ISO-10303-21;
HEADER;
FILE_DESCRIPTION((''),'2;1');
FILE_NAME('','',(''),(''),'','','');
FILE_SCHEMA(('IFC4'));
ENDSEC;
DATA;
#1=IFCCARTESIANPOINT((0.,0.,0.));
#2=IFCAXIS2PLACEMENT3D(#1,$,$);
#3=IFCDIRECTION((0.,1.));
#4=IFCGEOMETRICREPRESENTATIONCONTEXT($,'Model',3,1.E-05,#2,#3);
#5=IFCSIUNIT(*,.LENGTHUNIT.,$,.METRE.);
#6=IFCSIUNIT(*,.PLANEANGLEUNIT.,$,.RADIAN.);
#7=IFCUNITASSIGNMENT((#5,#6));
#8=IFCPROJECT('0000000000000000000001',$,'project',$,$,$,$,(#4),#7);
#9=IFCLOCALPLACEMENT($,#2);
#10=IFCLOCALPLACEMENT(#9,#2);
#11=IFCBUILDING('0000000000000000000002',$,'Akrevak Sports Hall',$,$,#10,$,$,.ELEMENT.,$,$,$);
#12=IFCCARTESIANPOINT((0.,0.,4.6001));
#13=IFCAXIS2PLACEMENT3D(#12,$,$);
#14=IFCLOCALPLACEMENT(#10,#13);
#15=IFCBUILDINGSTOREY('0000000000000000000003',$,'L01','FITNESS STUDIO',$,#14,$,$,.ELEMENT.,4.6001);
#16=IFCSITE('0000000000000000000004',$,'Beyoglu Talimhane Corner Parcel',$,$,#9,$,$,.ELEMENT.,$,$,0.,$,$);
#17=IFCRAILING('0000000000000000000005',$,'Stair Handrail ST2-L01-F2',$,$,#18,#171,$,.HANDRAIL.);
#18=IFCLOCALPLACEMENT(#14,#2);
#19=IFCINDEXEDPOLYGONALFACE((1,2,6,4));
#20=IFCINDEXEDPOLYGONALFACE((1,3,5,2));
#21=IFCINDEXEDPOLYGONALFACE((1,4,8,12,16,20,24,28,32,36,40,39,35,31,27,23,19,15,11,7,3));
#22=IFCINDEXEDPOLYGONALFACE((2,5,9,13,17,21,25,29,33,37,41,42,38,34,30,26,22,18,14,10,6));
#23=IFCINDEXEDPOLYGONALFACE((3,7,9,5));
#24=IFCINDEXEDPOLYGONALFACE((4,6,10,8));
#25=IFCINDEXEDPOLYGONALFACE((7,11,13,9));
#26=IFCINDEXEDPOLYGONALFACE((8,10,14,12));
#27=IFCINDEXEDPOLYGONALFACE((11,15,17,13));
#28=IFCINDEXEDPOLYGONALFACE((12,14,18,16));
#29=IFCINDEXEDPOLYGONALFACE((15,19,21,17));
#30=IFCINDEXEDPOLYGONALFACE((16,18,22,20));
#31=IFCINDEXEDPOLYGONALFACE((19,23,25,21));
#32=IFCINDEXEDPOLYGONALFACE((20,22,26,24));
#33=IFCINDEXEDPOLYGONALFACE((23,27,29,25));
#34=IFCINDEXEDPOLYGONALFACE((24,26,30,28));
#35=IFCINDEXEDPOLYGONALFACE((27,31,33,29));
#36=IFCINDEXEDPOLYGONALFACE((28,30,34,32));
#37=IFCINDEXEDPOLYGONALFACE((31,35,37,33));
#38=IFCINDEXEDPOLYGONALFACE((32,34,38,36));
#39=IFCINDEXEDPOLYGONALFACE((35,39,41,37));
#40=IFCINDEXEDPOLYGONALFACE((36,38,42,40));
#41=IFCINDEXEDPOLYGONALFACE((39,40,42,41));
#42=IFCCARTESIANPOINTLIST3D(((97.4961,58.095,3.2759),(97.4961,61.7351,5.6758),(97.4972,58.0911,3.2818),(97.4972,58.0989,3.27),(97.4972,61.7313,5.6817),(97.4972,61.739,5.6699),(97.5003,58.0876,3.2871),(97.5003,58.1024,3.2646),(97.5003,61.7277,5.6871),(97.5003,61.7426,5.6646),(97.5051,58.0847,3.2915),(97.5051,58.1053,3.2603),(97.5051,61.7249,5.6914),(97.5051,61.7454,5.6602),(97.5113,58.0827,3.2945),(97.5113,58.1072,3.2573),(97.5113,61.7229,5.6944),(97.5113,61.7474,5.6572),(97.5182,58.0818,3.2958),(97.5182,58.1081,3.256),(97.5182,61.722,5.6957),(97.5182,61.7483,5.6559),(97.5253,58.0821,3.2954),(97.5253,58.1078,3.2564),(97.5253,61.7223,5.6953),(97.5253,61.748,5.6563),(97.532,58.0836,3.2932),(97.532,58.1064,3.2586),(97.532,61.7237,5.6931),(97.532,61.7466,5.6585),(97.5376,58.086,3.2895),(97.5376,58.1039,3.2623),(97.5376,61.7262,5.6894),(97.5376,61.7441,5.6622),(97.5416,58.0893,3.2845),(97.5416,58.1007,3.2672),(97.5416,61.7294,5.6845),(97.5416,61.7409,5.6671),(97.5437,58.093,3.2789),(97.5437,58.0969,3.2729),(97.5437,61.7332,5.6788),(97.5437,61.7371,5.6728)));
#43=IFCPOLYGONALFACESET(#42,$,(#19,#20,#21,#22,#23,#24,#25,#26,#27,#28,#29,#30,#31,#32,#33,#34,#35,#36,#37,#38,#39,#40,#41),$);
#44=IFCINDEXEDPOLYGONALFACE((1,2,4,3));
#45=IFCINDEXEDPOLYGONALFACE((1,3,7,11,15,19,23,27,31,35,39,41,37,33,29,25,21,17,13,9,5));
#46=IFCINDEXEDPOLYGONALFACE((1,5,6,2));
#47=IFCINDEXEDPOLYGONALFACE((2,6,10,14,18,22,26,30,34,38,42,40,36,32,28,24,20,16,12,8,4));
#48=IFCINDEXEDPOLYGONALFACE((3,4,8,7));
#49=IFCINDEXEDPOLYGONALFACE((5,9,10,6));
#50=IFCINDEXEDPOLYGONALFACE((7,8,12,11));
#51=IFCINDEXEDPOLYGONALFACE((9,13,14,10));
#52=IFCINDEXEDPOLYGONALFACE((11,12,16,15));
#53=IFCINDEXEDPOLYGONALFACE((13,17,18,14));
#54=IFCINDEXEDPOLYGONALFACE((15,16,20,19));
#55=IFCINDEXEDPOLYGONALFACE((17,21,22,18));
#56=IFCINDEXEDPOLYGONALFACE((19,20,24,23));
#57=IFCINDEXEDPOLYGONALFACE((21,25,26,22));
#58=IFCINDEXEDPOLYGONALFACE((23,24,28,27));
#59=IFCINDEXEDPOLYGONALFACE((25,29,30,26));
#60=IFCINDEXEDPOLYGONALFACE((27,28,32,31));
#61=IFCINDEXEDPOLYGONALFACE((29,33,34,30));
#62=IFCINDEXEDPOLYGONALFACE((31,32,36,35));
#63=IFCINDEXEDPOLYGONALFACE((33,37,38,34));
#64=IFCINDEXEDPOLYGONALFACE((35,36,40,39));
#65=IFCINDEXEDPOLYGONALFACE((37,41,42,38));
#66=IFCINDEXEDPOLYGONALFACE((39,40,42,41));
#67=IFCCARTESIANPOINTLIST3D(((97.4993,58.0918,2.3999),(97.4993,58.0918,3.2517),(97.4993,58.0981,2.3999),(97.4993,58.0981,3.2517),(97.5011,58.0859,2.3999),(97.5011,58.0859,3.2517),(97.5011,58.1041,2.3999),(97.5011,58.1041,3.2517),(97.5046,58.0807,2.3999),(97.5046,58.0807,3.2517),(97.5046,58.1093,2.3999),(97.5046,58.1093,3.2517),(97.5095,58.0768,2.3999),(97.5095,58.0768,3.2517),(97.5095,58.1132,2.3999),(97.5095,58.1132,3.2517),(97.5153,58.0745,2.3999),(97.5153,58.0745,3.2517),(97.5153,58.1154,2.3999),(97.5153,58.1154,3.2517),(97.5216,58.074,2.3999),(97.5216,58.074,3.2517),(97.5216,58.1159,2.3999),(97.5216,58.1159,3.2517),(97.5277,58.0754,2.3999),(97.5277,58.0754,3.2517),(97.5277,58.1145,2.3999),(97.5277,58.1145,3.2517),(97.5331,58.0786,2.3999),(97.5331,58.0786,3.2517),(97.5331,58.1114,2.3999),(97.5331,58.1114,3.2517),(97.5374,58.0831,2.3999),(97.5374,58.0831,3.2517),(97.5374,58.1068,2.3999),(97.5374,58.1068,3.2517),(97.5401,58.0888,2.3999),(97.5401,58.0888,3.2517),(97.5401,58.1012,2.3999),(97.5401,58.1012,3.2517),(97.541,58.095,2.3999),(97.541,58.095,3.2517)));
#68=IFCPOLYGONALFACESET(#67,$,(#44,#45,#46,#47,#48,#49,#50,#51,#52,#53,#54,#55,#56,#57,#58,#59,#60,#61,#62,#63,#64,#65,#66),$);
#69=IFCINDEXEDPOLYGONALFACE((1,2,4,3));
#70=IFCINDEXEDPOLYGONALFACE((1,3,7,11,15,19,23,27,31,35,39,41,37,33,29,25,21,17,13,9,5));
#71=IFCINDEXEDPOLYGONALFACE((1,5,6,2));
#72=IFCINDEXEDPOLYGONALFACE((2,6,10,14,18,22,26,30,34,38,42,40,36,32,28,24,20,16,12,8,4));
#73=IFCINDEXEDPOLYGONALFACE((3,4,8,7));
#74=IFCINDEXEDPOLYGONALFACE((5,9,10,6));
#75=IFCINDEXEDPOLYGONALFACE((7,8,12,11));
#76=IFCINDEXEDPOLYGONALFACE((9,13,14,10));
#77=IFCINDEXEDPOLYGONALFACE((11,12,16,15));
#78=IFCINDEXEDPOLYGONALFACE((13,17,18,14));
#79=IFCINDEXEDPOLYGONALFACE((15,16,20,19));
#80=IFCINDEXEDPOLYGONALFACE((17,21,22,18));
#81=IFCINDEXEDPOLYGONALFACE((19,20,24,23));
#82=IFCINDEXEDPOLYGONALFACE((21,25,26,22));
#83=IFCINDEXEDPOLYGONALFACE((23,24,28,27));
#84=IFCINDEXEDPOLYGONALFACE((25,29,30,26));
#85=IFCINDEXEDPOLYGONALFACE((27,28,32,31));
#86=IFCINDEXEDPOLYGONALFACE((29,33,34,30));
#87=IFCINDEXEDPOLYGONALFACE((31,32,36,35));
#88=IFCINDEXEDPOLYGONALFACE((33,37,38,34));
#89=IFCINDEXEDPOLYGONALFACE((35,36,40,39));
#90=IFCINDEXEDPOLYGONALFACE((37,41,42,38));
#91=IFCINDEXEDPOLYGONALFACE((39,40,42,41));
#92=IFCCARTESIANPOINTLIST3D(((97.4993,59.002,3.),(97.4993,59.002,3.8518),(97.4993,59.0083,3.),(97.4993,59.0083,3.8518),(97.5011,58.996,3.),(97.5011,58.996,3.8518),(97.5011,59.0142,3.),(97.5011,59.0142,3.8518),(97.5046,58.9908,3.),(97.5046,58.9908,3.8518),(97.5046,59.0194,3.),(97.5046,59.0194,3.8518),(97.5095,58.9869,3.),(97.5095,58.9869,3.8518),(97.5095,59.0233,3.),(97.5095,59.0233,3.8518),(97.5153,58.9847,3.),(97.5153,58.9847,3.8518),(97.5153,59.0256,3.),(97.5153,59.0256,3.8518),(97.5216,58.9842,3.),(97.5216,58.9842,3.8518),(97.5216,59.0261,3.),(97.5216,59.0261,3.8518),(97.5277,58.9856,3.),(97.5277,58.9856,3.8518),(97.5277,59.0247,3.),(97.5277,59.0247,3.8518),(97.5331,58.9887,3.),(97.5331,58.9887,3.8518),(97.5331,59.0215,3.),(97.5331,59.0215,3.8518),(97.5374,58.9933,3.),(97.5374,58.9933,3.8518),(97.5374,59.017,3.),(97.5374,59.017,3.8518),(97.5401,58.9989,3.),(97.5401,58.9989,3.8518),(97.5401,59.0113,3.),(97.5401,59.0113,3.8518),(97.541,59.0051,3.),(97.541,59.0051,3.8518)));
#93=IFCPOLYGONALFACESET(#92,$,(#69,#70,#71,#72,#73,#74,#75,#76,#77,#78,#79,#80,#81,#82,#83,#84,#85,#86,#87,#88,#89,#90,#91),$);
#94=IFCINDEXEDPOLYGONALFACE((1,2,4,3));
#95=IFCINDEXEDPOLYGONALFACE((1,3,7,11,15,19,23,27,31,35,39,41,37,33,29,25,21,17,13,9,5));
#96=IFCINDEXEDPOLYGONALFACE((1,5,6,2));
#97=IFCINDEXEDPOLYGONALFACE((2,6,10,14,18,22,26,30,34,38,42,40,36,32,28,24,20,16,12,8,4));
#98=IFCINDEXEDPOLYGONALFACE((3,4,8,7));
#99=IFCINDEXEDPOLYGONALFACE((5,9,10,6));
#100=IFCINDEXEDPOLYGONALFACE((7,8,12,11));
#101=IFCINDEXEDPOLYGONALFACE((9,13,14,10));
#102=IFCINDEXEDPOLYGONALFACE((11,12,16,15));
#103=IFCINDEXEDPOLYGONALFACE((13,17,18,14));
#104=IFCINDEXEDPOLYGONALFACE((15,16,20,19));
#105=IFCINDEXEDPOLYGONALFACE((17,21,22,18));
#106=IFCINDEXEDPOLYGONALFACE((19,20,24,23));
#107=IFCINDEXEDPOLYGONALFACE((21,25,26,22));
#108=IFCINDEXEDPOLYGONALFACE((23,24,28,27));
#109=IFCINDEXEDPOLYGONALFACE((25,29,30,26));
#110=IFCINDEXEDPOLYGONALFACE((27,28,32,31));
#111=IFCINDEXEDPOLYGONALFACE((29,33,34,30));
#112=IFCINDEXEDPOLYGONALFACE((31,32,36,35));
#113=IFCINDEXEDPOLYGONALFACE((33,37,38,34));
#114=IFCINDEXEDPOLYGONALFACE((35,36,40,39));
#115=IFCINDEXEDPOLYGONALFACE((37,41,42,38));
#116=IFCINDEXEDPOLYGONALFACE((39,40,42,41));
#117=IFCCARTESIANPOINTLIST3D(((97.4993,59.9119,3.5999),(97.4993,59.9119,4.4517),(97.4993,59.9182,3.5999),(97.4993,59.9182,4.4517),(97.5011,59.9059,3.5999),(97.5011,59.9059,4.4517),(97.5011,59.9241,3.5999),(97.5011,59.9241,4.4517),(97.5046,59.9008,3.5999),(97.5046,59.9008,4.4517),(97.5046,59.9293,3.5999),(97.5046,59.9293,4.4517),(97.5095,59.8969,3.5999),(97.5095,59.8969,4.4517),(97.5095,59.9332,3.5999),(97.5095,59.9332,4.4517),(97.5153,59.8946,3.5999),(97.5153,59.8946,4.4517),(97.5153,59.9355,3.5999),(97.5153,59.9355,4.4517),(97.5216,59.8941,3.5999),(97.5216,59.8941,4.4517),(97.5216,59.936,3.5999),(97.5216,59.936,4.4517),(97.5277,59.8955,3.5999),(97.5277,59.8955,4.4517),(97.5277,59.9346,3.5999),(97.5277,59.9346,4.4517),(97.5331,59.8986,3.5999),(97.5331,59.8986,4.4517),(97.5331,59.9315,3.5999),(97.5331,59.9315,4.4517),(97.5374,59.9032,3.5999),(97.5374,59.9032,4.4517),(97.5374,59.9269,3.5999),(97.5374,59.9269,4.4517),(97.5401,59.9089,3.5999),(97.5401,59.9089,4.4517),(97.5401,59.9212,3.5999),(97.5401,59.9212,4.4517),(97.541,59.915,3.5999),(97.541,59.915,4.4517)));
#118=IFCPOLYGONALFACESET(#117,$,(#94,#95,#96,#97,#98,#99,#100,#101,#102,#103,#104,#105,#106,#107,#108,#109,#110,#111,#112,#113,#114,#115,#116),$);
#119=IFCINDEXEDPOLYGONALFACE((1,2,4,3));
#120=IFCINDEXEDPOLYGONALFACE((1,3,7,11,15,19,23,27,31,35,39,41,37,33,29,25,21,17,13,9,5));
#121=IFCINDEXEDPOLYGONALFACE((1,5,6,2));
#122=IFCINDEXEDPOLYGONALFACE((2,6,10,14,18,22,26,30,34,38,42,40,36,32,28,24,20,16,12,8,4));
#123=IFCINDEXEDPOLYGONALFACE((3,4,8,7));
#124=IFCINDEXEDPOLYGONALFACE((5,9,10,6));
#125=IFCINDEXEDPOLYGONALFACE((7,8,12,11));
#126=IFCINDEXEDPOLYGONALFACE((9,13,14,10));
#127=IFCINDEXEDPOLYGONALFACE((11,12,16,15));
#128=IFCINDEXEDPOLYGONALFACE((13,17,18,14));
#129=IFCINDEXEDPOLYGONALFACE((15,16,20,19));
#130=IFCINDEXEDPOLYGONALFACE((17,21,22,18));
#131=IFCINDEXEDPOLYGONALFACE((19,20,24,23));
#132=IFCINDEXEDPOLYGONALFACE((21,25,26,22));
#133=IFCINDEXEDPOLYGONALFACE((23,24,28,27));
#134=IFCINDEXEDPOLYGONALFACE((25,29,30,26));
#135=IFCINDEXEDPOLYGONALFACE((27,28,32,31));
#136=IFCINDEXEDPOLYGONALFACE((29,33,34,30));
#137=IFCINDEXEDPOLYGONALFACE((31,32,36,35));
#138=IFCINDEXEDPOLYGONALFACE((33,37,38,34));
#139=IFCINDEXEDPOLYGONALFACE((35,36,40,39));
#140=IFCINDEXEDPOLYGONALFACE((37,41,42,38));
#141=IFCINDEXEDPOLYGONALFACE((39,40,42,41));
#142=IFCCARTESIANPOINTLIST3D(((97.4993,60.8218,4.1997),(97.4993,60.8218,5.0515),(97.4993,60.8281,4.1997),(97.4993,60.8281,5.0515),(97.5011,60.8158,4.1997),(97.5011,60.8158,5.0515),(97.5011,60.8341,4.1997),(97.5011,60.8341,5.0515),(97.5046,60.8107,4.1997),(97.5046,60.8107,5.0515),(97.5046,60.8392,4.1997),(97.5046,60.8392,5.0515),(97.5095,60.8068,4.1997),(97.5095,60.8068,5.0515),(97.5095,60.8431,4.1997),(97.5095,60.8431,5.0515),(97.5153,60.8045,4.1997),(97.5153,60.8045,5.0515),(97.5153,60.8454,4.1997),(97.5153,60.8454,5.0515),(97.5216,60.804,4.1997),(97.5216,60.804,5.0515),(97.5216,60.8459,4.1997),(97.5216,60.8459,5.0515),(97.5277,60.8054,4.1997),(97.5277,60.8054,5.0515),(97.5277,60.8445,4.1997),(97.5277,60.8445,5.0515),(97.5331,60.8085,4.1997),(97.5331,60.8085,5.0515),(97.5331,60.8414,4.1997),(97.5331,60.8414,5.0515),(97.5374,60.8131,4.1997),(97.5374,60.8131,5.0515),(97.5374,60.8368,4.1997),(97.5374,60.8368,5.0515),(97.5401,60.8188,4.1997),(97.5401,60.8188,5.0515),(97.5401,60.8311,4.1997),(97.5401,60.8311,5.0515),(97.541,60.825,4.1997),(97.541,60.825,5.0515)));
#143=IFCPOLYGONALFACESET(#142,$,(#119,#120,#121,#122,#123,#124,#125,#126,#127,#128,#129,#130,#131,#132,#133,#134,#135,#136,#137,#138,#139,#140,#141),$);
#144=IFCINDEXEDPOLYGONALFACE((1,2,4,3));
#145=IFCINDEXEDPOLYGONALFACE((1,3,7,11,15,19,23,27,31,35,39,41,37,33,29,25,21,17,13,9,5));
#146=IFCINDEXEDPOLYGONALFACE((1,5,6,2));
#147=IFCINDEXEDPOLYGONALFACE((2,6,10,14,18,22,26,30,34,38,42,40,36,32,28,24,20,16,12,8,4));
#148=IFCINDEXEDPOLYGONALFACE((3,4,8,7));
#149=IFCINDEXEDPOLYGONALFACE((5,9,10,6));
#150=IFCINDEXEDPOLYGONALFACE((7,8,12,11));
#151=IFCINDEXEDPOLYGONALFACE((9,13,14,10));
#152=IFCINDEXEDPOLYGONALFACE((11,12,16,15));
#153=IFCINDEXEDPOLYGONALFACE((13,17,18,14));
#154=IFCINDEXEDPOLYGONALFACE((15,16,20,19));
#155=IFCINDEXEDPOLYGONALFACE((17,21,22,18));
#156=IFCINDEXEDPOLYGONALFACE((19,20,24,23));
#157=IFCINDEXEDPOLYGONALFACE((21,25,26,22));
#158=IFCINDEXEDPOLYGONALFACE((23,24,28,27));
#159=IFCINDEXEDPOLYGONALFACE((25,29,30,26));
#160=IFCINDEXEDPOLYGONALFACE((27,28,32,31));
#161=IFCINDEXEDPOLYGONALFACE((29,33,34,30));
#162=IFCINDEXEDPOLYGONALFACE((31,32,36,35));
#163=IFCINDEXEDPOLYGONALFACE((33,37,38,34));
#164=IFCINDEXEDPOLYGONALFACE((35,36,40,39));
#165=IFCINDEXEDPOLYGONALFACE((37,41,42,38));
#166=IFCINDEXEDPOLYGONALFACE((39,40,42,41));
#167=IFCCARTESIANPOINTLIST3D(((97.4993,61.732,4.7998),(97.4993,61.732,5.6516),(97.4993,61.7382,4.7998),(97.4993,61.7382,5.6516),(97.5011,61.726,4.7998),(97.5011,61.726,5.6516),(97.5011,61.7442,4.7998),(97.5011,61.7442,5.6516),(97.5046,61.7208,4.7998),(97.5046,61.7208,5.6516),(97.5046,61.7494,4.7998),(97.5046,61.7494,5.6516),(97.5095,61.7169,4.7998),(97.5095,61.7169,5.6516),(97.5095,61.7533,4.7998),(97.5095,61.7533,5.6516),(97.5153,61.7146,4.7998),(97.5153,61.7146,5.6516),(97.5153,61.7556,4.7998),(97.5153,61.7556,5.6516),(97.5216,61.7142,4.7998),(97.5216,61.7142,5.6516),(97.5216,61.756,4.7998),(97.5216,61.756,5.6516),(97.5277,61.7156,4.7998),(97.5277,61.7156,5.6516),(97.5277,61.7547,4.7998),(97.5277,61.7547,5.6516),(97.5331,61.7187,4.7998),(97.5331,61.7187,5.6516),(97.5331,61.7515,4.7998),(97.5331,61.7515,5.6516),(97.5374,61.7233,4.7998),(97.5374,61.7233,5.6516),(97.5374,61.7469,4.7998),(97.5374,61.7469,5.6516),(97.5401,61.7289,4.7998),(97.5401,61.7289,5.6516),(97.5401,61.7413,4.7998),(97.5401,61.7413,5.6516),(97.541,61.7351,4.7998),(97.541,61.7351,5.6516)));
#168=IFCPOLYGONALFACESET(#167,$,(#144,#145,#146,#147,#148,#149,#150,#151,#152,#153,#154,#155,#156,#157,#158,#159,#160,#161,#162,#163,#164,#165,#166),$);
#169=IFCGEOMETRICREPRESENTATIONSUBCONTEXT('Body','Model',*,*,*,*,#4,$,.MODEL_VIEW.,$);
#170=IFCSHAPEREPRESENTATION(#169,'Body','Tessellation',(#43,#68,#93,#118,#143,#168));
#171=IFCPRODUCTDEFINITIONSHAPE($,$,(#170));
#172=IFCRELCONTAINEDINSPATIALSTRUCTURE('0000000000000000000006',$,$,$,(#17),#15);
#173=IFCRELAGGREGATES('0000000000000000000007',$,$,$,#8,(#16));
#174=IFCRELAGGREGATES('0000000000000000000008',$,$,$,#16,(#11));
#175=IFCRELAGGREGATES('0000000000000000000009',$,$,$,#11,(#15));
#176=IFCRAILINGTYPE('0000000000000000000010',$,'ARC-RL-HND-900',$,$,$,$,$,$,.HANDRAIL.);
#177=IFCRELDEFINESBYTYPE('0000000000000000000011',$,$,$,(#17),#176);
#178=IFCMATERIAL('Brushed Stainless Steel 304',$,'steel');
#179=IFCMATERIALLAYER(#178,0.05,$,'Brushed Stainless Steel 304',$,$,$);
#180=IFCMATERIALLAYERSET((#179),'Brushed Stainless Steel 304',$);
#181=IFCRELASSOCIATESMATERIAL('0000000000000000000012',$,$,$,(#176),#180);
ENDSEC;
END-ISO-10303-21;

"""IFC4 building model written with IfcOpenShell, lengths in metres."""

from ifc_helpers import new_model, si_unit, direction, frame, origin, origin_2d, place, context, subcontext, project, spatial, circle, extrude, material, layer, layer_set, type_object, element, save


model = new_model("IFC4")

# Units and contexts
model_context = context("Model", 3, precision=1e-05, world=origin(), true_north=direction((0.0, 1.0)))
body_context = subcontext(model_context, "Body", "Model", "MODEL_VIEW")
ifc_project = project(units=[si_unit("LENGTHUNIT", "METRE"), si_unit("PLANEANGLEUNIT", "RADIAN")], contexts=[model_context])

# Site, building, storey
site_placement = place(None, origin())
site = spatial("IfcSite", under=ifc_project, at=site_placement, Name="Beyoglu Talimhane Corner Parcel", CompositionType="ELEMENT", RefElevation=0.0)
building_placement = place(site_placement, origin())
building = spatial("IfcBuilding", under=site, at=building_placement, Name="Akrevak Sports Hall", CompositionType="ELEMENT")
storey_placement = place(building_placement, frame((0.0, 0.0, 4.6001)))
storey = spatial("IfcBuildingStorey", under=building, at=storey_placement, Name="L01", Description="FITNESS STUDIO", CompositionType="ELEMENT", Elevation=4.6001)

# Railing
ifc_material_1 = material(Name="Brushed Stainless Steel 304", Category="steel")
ifc_layer_1 = layer(ifc_material_1, 0.05, Name="Brushed Stainless Steel 304")
ifc_layer_set_1 = layer_set([ifc_layer_1], Name="Brushed Stainless Steel 304")
railing_type_1 = type_object("IfcRailingType", Name="ARC-RL-HND-900", PredefinedType="HANDRAIL", material=ifc_layer_set_1)
railing_1_placement = place(storey_placement, frame((97.52, 58.095, 2.3999)))
element("IfcRailing", 1, at=railing_1_placement, inside=storey, type_object=railing_type_1, Name="Stair Handrail ST2-L01-F2", PredefinedType="HANDRAIL", context=body_context, shape_type="SweptSolid", body=[
    extrude(circle(Radius=0.0239, at=origin_2d()), frame((0.0, 0.0, 0.876), z_axis=(0.0, 0.834882, 0.550429), x_axis=(-1.0, 0.0, 0.0)), (0.0, 0.0, 1.0), 4.3601),
    extrude(circle(Radius=0.021, at=origin_2d()), origin(), (0.0, 0.0, 1.0), 0.8518),
    extrude(circle(Radius=0.021, at=origin_2d()), frame((0.0, 0.9102, 0.6001)), (0.0, 0.0, 1.0), 0.8518),
    extrude(circle(Radius=0.021, at=origin_2d()), frame((0.0, 1.8201, 1.2)), (0.0, 0.0, 1.0), 0.8518),
    extrude(circle(Radius=0.021, at=origin_2d()), frame((0.0, 2.73, 1.7998)), (0.0, 0.0, 1.0), 0.8518),
    extrude(circle(Radius=0.021, at=origin_2d()), frame((0.0, 3.6401, 2.3999)), (0.0, 0.0, 1.0), 0.8518),
])

save(model, "model.ifc")
